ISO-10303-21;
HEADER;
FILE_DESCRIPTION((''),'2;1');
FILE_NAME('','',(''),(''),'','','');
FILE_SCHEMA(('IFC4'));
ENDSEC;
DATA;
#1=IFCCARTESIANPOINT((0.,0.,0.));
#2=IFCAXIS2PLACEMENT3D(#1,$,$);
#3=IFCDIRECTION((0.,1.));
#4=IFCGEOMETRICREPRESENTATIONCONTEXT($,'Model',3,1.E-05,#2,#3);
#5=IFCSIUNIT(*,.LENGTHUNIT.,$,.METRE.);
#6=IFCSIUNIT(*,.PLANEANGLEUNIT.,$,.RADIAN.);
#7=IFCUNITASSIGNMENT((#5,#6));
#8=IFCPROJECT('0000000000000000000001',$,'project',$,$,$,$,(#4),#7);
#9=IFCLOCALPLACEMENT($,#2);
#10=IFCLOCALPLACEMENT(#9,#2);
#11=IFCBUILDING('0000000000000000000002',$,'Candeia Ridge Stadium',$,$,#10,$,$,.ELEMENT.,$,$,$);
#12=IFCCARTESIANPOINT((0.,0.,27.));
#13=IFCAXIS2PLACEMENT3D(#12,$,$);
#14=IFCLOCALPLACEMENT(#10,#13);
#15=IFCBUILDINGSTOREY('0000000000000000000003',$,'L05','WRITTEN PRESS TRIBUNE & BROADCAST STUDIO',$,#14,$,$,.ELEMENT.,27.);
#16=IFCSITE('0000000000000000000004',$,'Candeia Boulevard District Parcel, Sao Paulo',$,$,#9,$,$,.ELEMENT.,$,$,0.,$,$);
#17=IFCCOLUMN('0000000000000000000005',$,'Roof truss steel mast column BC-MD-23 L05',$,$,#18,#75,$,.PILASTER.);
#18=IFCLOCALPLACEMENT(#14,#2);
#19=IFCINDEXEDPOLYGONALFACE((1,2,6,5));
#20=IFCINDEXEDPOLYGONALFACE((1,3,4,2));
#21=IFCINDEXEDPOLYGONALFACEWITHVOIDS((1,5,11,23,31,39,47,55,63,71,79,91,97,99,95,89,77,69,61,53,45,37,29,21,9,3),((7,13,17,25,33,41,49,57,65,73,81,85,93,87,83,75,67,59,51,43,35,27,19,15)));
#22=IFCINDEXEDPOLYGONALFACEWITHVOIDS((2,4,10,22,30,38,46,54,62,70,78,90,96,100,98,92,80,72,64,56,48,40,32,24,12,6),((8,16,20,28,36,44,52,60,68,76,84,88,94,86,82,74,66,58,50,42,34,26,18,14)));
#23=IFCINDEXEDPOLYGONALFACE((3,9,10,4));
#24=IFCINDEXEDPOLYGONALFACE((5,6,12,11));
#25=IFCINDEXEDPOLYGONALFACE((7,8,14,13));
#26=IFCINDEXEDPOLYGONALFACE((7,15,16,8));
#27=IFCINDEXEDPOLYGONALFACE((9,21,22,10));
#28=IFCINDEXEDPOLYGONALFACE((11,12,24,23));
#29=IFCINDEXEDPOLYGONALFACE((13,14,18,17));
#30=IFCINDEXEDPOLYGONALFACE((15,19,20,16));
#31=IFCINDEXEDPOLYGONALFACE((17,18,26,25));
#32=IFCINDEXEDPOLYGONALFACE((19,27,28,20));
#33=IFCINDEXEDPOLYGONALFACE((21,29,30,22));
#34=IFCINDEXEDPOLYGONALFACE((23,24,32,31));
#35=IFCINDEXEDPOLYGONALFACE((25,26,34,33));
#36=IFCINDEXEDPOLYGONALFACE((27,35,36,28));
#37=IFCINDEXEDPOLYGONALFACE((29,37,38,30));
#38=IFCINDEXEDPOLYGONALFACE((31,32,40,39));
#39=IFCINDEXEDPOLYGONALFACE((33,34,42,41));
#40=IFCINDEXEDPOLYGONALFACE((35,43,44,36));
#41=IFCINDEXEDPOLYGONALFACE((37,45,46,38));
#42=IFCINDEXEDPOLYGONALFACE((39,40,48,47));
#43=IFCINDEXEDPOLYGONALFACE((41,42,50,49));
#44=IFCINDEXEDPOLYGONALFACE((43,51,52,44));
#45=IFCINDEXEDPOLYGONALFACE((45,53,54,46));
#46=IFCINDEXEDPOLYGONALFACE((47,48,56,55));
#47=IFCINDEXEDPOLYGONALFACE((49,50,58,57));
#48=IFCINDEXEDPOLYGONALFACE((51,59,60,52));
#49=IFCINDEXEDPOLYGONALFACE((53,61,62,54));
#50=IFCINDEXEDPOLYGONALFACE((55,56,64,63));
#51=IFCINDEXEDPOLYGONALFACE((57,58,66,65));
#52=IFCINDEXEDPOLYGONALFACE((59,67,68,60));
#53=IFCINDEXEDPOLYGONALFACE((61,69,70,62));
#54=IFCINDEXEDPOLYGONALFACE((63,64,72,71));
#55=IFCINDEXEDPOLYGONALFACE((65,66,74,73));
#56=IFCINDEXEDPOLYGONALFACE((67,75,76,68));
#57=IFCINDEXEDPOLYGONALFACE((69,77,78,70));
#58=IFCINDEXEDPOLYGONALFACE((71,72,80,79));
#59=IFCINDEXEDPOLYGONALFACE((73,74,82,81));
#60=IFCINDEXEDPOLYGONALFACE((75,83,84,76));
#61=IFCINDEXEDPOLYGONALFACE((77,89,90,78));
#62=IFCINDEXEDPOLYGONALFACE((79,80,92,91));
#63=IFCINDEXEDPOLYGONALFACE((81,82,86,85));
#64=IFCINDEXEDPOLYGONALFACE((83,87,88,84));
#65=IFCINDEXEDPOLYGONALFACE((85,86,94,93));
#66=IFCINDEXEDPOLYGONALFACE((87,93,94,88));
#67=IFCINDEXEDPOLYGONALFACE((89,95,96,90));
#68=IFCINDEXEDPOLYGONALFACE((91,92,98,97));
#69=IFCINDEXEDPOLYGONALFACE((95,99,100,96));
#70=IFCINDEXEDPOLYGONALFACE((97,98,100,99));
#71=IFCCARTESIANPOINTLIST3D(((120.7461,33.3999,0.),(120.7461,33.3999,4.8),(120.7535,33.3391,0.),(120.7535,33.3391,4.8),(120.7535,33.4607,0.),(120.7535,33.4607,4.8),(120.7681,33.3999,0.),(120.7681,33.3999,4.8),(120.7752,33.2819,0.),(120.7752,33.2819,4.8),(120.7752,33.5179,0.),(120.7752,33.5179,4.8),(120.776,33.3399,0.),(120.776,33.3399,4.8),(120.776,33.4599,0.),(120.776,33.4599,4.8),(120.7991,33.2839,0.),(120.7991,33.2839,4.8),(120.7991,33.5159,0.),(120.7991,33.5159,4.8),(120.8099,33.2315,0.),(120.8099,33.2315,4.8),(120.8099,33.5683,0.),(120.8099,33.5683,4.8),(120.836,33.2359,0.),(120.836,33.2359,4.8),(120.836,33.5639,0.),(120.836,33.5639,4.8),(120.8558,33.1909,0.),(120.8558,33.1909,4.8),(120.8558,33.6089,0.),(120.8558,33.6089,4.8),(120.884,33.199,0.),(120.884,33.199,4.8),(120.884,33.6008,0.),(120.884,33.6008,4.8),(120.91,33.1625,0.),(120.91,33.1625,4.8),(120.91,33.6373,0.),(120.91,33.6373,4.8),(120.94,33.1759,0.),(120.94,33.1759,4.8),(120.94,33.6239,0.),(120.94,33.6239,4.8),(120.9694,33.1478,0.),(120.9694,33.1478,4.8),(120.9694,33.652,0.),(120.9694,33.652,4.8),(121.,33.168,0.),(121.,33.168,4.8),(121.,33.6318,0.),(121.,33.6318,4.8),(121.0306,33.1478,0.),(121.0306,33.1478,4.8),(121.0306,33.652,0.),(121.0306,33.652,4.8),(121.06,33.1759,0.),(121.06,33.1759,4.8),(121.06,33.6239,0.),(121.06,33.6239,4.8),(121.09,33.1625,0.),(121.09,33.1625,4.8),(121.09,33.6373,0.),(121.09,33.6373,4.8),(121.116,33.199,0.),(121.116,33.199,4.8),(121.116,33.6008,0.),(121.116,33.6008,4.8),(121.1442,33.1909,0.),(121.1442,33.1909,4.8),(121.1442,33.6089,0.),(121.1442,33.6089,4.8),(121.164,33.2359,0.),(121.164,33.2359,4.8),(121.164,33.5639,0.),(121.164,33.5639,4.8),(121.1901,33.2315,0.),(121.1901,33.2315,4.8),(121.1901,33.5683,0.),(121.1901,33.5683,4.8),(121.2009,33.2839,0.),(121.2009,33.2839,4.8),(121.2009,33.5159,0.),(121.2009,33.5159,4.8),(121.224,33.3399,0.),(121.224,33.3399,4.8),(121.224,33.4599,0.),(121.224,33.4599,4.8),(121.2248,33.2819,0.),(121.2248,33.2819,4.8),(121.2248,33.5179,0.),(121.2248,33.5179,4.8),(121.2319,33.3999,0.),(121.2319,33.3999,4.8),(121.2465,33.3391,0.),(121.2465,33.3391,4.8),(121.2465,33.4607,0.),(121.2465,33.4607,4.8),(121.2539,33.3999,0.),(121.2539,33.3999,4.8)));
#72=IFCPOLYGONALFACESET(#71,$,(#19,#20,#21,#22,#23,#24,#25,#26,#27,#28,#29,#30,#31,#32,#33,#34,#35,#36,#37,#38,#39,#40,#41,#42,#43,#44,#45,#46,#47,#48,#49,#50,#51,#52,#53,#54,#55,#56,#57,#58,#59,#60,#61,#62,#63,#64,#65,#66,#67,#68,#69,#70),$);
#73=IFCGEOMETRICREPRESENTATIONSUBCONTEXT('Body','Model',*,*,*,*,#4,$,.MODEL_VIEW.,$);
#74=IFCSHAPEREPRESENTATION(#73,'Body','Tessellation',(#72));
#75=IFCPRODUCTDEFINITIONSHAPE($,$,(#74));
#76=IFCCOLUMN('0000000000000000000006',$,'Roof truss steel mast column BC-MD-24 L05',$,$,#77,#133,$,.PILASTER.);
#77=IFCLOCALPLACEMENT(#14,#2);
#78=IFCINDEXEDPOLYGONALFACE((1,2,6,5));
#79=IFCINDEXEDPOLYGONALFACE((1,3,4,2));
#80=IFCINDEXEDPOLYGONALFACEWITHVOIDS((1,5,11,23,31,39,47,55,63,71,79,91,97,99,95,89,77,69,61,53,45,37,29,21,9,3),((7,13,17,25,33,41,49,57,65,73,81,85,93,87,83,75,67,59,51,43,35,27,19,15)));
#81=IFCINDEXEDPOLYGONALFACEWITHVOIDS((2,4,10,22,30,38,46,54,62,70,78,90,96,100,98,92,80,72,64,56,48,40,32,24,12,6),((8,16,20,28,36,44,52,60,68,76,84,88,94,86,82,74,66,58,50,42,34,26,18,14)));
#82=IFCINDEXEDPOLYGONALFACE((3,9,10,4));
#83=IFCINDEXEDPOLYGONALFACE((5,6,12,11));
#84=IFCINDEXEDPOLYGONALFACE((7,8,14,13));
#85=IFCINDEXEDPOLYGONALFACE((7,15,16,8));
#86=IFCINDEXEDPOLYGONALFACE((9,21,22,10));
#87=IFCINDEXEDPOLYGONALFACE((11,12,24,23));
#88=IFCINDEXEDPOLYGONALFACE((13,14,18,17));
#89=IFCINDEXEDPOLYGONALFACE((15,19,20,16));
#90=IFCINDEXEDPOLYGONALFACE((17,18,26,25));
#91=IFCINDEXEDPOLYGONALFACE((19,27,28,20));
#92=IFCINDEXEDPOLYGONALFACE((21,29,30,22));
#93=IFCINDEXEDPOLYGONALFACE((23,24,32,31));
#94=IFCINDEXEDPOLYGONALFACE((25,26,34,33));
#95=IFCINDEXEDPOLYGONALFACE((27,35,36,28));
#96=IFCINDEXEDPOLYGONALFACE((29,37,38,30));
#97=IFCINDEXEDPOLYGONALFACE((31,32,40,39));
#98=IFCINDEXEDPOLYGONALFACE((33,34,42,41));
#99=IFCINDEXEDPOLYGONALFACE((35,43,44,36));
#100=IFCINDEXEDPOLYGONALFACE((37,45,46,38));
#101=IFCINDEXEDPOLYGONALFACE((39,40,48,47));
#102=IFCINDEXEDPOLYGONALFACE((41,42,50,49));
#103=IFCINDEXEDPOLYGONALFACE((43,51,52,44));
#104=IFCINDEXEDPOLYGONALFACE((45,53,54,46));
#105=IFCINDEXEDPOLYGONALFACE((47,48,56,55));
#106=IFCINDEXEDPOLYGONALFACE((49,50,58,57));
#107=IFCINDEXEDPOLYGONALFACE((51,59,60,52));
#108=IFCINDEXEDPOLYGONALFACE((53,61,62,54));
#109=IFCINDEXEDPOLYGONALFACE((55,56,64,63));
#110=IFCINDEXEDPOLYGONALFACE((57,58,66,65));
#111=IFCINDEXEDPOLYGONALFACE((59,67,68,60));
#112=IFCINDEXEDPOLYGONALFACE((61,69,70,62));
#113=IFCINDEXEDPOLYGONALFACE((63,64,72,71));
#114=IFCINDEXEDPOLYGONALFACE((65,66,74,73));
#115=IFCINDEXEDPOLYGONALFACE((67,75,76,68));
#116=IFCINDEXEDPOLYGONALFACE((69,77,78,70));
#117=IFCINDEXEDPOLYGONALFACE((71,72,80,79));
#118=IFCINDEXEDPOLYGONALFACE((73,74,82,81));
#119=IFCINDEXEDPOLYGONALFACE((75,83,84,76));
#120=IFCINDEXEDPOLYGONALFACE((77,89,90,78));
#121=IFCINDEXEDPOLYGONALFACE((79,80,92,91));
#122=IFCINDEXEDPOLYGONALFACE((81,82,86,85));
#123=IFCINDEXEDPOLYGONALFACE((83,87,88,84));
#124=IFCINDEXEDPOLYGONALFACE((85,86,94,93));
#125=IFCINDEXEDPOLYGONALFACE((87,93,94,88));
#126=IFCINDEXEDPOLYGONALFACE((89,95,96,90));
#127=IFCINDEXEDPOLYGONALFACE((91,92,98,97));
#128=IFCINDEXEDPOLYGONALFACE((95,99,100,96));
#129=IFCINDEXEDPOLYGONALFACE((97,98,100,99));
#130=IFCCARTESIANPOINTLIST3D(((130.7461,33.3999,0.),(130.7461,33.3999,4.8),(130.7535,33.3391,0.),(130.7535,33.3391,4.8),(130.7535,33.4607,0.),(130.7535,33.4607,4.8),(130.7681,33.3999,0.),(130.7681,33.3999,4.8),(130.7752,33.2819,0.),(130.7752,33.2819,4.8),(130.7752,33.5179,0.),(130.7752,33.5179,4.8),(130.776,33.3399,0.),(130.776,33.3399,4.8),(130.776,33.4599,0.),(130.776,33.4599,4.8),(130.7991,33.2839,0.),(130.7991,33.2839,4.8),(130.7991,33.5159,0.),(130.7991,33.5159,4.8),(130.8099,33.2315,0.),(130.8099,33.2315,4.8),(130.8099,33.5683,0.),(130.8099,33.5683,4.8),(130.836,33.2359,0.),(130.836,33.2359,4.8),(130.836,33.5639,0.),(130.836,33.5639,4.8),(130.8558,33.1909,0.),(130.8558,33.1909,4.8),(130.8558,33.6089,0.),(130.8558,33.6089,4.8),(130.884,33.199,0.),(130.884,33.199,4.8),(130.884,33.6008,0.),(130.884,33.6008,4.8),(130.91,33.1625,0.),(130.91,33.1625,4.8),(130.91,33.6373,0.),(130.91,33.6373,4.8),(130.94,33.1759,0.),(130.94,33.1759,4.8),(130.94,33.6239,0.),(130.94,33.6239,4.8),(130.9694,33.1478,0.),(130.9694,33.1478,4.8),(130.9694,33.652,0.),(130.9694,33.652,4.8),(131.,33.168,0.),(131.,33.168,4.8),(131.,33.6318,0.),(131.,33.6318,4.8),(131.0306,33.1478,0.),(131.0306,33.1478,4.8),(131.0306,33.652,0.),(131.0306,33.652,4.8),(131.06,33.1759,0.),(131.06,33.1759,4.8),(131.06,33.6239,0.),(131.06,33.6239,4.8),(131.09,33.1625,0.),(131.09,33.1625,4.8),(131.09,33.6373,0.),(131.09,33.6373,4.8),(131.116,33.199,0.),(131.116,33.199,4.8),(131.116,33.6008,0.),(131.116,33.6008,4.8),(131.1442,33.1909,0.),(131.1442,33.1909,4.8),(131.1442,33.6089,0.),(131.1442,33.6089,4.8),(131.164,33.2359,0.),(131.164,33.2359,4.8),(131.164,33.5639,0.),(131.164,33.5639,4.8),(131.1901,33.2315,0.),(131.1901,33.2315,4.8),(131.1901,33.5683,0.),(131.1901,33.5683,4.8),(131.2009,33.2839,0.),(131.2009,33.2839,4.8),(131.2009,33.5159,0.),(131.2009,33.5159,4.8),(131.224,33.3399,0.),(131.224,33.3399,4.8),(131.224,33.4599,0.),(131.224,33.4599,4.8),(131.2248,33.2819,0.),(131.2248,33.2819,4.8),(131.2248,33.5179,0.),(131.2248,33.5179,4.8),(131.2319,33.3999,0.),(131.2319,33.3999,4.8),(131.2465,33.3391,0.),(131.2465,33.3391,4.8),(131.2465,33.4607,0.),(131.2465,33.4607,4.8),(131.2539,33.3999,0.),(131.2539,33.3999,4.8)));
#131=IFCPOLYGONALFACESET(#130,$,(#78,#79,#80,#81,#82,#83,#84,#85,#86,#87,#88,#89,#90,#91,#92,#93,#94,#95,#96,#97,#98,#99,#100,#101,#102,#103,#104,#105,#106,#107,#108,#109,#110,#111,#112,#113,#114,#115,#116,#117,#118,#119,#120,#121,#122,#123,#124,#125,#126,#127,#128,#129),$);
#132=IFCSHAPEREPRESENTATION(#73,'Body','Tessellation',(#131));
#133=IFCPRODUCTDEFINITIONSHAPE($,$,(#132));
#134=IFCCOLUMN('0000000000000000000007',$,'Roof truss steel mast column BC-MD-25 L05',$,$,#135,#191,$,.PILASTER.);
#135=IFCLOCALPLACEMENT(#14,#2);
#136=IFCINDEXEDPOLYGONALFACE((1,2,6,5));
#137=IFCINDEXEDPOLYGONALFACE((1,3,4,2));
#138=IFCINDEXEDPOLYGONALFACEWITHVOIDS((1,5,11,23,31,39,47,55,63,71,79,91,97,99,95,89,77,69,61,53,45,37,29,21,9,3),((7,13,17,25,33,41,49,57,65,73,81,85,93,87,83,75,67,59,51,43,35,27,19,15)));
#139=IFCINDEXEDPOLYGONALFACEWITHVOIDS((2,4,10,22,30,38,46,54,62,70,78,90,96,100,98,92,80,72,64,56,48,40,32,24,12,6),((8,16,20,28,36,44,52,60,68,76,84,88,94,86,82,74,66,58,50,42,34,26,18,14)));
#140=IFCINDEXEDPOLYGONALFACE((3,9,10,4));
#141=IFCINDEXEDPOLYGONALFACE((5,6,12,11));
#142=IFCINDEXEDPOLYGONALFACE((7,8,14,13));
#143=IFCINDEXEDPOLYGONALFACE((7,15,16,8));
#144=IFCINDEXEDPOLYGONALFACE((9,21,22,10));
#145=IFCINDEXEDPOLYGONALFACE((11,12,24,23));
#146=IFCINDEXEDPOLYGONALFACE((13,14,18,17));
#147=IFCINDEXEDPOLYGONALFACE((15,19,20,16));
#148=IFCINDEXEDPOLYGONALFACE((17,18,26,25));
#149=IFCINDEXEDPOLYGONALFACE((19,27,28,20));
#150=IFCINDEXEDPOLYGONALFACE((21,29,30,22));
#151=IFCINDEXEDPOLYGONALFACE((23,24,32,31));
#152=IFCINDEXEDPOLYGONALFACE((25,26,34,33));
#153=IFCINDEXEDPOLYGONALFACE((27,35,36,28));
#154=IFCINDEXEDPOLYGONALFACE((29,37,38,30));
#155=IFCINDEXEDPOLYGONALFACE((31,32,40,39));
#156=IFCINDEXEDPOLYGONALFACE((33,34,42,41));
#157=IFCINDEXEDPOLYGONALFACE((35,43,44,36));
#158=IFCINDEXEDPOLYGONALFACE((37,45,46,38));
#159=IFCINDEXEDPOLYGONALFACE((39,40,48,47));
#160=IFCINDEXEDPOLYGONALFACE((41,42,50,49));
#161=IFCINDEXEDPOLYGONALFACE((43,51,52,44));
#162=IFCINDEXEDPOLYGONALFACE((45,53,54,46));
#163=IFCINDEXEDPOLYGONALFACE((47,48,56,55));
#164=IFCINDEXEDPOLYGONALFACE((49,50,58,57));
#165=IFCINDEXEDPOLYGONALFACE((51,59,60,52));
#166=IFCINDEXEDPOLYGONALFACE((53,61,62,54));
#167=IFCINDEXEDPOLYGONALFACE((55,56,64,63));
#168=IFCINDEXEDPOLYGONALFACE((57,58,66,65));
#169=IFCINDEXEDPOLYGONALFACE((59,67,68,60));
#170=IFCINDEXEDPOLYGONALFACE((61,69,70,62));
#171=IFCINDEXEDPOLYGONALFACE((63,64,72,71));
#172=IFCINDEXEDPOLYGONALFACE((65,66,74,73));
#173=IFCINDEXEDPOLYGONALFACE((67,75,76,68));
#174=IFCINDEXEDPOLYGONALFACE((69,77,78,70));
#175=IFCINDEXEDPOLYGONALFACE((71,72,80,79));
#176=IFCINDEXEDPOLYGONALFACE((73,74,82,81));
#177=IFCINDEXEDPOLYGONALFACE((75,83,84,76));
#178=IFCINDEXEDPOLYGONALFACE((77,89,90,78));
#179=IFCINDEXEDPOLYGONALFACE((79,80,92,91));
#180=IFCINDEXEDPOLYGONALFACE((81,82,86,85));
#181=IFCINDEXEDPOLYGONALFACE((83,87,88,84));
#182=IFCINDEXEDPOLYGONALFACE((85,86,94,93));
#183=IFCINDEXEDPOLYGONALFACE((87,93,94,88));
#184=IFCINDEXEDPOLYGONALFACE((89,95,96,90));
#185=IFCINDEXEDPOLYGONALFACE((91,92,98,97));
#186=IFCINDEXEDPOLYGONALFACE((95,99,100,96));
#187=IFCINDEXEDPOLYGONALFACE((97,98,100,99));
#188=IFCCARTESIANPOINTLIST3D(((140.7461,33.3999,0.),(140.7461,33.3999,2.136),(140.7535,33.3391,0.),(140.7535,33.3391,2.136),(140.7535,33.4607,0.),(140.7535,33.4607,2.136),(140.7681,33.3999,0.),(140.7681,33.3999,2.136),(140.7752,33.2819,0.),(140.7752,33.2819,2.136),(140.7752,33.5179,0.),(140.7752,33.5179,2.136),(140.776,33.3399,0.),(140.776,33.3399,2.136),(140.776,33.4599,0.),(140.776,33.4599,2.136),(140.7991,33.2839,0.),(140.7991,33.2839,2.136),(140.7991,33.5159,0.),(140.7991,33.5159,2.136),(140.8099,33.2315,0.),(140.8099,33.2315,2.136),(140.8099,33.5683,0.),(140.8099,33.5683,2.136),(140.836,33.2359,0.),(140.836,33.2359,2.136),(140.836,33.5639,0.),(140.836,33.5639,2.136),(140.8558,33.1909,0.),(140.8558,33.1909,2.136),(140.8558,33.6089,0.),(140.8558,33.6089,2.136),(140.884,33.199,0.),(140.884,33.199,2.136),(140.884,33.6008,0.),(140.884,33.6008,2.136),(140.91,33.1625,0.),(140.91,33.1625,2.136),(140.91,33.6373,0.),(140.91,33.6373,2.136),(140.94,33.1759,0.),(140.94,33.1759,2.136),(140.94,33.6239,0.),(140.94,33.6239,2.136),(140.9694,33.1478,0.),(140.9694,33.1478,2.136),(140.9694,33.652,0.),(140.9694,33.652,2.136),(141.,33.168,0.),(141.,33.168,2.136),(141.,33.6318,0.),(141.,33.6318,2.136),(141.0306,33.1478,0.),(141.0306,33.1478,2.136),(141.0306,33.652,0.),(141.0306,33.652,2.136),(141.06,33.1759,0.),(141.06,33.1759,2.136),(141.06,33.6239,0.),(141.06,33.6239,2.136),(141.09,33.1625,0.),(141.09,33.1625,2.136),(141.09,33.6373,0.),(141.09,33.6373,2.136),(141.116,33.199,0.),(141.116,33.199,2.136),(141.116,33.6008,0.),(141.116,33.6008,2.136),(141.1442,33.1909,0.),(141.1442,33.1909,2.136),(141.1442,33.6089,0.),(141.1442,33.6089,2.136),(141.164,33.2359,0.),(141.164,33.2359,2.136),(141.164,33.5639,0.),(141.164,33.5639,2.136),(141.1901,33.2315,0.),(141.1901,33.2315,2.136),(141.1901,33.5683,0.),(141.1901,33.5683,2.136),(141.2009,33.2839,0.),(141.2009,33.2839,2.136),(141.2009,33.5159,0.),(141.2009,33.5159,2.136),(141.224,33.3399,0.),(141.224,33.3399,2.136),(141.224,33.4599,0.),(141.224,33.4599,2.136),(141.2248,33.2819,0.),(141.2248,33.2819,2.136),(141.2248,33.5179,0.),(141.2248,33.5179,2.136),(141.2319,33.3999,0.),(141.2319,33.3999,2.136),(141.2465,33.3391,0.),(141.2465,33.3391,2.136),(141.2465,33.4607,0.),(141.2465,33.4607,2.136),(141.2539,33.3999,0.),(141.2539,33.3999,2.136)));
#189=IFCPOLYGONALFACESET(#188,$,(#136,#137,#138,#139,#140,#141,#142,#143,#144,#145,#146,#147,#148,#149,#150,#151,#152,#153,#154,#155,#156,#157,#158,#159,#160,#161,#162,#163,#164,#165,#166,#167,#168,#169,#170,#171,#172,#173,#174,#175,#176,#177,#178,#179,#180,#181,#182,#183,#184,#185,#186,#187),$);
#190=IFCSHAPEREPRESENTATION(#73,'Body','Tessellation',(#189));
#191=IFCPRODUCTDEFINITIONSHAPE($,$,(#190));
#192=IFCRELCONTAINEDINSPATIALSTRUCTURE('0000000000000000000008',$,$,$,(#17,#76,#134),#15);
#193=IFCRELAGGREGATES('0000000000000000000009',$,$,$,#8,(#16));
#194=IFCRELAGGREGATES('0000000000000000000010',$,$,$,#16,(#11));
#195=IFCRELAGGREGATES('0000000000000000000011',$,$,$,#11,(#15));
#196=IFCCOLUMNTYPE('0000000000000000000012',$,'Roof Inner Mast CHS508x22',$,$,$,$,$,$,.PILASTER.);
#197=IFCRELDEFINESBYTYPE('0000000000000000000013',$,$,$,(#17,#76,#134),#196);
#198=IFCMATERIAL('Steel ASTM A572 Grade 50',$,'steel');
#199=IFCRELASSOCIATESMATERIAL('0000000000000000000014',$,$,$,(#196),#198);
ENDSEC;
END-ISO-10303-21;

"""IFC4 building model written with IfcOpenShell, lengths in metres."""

from ifc_helpers import new_model, si_unit, direction, frame, origin, origin_2d, place, context, subcontext, project, spatial, hollow_circle, extrude, material, material_profile, profile_set, type_object, element, save


model = new_model("IFC4")

# Units and contexts
model_context = context("Model", 3, precision=1e-05, world=origin(), true_north=direction((0.0, 1.0)))
body_context = subcontext(model_context, "Body", "Model", "MODEL_VIEW")
ifc_project = project(units=[si_unit("LENGTHUNIT", "METRE"), si_unit("PLANEANGLEUNIT", "RADIAN")], contexts=[model_context])

# Site, building, storey
site_placement = place(None, origin())
site = spatial("IfcSite", under=ifc_project, at=site_placement, Name="Candeia Boulevard District Parcel, Sao Paulo", CompositionType="ELEMENT", RefElevation=0.0)
building_placement = place(site_placement, origin())
building = spatial("IfcBuilding", under=site, at=building_placement, Name="Candeia Ridge Stadium", CompositionType="ELEMENT")
storey_placement = place(building_placement, frame((0.0, 0.0, 27.0)))
storey = spatial("IfcBuildingStorey", under=building, at=storey_placement, Name="L05", Description="WRITTEN PRESS TRIBUNE & BROADCAST STUDIO", CompositionType="ELEMENT", Elevation=27.0)

# Columns
ifc_material_1 = material(Name="Steel ASTM A572 Grade 50", Category="steel")
ifc_material_profile_1 = material_profile(ifc_material_1, hollow_circle(Radius=0.2539, WallThickness=0.022, at=origin_2d()), Name="CHS508x22", Category="steel")
ifc_profile_set_1 = profile_set([ifc_material_profile_1], Name="Steel ASTM A572 Grade 50")
column_type_1 = type_object("IfcColumnType", Name="Roof Inner Mast CHS508x22", PredefinedType="PILASTER", material=ifc_profile_set_1)
for number, where, z_axis, x_axis, name in (
    (1, (121.0, 33.3999, 0.0), (0.0, 0.0, 1.0), (1.0, 0.0, 0.0), "Roof truss steel mast column BC-MD-23 L05"),
    (2, (131.0, 33.3999, 0.0), (0.0, 0.0, 1.0), (1.0, 0.0, 0.0), "Roof truss steel mast column BC-MD-24 L05"),
):
    element("IfcColumn", number, at=place(storey_placement, frame(where, z_axis=z_axis, x_axis=x_axis)), inside=storey, type_object=column_type_1, Name=name, PredefinedType="PILASTER", context=body_context, shape_type="SweptSolid", body=[
        extrude(hollow_circle(Radius=0.2539, WallThickness=0.022, at=origin_2d()), origin(), (0.0, 0.0, 1.0), 4.8),
    ])
for number, where, z_axis, x_axis, name in (
    (3, (141.0, 33.3999, 0.0), (0.0, 0.0, 1.0), (1.0, 0.0, 0.0), "Roof truss steel mast column BC-MD-25 L05"),
):
    element("IfcColumn", number, at=place(storey_placement, frame(where, z_axis=z_axis, x_axis=x_axis)), inside=storey, type_object=column_type_1, Name=name, PredefinedType="PILASTER", context=body_context, shape_type="SweptSolid", body=[
        extrude(hollow_circle(Radius=0.2539, WallThickness=0.022, at=origin_2d()), origin(), (0.0, 0.0, 1.0), 2.136),
    ])

save(model, "model.ifc")
